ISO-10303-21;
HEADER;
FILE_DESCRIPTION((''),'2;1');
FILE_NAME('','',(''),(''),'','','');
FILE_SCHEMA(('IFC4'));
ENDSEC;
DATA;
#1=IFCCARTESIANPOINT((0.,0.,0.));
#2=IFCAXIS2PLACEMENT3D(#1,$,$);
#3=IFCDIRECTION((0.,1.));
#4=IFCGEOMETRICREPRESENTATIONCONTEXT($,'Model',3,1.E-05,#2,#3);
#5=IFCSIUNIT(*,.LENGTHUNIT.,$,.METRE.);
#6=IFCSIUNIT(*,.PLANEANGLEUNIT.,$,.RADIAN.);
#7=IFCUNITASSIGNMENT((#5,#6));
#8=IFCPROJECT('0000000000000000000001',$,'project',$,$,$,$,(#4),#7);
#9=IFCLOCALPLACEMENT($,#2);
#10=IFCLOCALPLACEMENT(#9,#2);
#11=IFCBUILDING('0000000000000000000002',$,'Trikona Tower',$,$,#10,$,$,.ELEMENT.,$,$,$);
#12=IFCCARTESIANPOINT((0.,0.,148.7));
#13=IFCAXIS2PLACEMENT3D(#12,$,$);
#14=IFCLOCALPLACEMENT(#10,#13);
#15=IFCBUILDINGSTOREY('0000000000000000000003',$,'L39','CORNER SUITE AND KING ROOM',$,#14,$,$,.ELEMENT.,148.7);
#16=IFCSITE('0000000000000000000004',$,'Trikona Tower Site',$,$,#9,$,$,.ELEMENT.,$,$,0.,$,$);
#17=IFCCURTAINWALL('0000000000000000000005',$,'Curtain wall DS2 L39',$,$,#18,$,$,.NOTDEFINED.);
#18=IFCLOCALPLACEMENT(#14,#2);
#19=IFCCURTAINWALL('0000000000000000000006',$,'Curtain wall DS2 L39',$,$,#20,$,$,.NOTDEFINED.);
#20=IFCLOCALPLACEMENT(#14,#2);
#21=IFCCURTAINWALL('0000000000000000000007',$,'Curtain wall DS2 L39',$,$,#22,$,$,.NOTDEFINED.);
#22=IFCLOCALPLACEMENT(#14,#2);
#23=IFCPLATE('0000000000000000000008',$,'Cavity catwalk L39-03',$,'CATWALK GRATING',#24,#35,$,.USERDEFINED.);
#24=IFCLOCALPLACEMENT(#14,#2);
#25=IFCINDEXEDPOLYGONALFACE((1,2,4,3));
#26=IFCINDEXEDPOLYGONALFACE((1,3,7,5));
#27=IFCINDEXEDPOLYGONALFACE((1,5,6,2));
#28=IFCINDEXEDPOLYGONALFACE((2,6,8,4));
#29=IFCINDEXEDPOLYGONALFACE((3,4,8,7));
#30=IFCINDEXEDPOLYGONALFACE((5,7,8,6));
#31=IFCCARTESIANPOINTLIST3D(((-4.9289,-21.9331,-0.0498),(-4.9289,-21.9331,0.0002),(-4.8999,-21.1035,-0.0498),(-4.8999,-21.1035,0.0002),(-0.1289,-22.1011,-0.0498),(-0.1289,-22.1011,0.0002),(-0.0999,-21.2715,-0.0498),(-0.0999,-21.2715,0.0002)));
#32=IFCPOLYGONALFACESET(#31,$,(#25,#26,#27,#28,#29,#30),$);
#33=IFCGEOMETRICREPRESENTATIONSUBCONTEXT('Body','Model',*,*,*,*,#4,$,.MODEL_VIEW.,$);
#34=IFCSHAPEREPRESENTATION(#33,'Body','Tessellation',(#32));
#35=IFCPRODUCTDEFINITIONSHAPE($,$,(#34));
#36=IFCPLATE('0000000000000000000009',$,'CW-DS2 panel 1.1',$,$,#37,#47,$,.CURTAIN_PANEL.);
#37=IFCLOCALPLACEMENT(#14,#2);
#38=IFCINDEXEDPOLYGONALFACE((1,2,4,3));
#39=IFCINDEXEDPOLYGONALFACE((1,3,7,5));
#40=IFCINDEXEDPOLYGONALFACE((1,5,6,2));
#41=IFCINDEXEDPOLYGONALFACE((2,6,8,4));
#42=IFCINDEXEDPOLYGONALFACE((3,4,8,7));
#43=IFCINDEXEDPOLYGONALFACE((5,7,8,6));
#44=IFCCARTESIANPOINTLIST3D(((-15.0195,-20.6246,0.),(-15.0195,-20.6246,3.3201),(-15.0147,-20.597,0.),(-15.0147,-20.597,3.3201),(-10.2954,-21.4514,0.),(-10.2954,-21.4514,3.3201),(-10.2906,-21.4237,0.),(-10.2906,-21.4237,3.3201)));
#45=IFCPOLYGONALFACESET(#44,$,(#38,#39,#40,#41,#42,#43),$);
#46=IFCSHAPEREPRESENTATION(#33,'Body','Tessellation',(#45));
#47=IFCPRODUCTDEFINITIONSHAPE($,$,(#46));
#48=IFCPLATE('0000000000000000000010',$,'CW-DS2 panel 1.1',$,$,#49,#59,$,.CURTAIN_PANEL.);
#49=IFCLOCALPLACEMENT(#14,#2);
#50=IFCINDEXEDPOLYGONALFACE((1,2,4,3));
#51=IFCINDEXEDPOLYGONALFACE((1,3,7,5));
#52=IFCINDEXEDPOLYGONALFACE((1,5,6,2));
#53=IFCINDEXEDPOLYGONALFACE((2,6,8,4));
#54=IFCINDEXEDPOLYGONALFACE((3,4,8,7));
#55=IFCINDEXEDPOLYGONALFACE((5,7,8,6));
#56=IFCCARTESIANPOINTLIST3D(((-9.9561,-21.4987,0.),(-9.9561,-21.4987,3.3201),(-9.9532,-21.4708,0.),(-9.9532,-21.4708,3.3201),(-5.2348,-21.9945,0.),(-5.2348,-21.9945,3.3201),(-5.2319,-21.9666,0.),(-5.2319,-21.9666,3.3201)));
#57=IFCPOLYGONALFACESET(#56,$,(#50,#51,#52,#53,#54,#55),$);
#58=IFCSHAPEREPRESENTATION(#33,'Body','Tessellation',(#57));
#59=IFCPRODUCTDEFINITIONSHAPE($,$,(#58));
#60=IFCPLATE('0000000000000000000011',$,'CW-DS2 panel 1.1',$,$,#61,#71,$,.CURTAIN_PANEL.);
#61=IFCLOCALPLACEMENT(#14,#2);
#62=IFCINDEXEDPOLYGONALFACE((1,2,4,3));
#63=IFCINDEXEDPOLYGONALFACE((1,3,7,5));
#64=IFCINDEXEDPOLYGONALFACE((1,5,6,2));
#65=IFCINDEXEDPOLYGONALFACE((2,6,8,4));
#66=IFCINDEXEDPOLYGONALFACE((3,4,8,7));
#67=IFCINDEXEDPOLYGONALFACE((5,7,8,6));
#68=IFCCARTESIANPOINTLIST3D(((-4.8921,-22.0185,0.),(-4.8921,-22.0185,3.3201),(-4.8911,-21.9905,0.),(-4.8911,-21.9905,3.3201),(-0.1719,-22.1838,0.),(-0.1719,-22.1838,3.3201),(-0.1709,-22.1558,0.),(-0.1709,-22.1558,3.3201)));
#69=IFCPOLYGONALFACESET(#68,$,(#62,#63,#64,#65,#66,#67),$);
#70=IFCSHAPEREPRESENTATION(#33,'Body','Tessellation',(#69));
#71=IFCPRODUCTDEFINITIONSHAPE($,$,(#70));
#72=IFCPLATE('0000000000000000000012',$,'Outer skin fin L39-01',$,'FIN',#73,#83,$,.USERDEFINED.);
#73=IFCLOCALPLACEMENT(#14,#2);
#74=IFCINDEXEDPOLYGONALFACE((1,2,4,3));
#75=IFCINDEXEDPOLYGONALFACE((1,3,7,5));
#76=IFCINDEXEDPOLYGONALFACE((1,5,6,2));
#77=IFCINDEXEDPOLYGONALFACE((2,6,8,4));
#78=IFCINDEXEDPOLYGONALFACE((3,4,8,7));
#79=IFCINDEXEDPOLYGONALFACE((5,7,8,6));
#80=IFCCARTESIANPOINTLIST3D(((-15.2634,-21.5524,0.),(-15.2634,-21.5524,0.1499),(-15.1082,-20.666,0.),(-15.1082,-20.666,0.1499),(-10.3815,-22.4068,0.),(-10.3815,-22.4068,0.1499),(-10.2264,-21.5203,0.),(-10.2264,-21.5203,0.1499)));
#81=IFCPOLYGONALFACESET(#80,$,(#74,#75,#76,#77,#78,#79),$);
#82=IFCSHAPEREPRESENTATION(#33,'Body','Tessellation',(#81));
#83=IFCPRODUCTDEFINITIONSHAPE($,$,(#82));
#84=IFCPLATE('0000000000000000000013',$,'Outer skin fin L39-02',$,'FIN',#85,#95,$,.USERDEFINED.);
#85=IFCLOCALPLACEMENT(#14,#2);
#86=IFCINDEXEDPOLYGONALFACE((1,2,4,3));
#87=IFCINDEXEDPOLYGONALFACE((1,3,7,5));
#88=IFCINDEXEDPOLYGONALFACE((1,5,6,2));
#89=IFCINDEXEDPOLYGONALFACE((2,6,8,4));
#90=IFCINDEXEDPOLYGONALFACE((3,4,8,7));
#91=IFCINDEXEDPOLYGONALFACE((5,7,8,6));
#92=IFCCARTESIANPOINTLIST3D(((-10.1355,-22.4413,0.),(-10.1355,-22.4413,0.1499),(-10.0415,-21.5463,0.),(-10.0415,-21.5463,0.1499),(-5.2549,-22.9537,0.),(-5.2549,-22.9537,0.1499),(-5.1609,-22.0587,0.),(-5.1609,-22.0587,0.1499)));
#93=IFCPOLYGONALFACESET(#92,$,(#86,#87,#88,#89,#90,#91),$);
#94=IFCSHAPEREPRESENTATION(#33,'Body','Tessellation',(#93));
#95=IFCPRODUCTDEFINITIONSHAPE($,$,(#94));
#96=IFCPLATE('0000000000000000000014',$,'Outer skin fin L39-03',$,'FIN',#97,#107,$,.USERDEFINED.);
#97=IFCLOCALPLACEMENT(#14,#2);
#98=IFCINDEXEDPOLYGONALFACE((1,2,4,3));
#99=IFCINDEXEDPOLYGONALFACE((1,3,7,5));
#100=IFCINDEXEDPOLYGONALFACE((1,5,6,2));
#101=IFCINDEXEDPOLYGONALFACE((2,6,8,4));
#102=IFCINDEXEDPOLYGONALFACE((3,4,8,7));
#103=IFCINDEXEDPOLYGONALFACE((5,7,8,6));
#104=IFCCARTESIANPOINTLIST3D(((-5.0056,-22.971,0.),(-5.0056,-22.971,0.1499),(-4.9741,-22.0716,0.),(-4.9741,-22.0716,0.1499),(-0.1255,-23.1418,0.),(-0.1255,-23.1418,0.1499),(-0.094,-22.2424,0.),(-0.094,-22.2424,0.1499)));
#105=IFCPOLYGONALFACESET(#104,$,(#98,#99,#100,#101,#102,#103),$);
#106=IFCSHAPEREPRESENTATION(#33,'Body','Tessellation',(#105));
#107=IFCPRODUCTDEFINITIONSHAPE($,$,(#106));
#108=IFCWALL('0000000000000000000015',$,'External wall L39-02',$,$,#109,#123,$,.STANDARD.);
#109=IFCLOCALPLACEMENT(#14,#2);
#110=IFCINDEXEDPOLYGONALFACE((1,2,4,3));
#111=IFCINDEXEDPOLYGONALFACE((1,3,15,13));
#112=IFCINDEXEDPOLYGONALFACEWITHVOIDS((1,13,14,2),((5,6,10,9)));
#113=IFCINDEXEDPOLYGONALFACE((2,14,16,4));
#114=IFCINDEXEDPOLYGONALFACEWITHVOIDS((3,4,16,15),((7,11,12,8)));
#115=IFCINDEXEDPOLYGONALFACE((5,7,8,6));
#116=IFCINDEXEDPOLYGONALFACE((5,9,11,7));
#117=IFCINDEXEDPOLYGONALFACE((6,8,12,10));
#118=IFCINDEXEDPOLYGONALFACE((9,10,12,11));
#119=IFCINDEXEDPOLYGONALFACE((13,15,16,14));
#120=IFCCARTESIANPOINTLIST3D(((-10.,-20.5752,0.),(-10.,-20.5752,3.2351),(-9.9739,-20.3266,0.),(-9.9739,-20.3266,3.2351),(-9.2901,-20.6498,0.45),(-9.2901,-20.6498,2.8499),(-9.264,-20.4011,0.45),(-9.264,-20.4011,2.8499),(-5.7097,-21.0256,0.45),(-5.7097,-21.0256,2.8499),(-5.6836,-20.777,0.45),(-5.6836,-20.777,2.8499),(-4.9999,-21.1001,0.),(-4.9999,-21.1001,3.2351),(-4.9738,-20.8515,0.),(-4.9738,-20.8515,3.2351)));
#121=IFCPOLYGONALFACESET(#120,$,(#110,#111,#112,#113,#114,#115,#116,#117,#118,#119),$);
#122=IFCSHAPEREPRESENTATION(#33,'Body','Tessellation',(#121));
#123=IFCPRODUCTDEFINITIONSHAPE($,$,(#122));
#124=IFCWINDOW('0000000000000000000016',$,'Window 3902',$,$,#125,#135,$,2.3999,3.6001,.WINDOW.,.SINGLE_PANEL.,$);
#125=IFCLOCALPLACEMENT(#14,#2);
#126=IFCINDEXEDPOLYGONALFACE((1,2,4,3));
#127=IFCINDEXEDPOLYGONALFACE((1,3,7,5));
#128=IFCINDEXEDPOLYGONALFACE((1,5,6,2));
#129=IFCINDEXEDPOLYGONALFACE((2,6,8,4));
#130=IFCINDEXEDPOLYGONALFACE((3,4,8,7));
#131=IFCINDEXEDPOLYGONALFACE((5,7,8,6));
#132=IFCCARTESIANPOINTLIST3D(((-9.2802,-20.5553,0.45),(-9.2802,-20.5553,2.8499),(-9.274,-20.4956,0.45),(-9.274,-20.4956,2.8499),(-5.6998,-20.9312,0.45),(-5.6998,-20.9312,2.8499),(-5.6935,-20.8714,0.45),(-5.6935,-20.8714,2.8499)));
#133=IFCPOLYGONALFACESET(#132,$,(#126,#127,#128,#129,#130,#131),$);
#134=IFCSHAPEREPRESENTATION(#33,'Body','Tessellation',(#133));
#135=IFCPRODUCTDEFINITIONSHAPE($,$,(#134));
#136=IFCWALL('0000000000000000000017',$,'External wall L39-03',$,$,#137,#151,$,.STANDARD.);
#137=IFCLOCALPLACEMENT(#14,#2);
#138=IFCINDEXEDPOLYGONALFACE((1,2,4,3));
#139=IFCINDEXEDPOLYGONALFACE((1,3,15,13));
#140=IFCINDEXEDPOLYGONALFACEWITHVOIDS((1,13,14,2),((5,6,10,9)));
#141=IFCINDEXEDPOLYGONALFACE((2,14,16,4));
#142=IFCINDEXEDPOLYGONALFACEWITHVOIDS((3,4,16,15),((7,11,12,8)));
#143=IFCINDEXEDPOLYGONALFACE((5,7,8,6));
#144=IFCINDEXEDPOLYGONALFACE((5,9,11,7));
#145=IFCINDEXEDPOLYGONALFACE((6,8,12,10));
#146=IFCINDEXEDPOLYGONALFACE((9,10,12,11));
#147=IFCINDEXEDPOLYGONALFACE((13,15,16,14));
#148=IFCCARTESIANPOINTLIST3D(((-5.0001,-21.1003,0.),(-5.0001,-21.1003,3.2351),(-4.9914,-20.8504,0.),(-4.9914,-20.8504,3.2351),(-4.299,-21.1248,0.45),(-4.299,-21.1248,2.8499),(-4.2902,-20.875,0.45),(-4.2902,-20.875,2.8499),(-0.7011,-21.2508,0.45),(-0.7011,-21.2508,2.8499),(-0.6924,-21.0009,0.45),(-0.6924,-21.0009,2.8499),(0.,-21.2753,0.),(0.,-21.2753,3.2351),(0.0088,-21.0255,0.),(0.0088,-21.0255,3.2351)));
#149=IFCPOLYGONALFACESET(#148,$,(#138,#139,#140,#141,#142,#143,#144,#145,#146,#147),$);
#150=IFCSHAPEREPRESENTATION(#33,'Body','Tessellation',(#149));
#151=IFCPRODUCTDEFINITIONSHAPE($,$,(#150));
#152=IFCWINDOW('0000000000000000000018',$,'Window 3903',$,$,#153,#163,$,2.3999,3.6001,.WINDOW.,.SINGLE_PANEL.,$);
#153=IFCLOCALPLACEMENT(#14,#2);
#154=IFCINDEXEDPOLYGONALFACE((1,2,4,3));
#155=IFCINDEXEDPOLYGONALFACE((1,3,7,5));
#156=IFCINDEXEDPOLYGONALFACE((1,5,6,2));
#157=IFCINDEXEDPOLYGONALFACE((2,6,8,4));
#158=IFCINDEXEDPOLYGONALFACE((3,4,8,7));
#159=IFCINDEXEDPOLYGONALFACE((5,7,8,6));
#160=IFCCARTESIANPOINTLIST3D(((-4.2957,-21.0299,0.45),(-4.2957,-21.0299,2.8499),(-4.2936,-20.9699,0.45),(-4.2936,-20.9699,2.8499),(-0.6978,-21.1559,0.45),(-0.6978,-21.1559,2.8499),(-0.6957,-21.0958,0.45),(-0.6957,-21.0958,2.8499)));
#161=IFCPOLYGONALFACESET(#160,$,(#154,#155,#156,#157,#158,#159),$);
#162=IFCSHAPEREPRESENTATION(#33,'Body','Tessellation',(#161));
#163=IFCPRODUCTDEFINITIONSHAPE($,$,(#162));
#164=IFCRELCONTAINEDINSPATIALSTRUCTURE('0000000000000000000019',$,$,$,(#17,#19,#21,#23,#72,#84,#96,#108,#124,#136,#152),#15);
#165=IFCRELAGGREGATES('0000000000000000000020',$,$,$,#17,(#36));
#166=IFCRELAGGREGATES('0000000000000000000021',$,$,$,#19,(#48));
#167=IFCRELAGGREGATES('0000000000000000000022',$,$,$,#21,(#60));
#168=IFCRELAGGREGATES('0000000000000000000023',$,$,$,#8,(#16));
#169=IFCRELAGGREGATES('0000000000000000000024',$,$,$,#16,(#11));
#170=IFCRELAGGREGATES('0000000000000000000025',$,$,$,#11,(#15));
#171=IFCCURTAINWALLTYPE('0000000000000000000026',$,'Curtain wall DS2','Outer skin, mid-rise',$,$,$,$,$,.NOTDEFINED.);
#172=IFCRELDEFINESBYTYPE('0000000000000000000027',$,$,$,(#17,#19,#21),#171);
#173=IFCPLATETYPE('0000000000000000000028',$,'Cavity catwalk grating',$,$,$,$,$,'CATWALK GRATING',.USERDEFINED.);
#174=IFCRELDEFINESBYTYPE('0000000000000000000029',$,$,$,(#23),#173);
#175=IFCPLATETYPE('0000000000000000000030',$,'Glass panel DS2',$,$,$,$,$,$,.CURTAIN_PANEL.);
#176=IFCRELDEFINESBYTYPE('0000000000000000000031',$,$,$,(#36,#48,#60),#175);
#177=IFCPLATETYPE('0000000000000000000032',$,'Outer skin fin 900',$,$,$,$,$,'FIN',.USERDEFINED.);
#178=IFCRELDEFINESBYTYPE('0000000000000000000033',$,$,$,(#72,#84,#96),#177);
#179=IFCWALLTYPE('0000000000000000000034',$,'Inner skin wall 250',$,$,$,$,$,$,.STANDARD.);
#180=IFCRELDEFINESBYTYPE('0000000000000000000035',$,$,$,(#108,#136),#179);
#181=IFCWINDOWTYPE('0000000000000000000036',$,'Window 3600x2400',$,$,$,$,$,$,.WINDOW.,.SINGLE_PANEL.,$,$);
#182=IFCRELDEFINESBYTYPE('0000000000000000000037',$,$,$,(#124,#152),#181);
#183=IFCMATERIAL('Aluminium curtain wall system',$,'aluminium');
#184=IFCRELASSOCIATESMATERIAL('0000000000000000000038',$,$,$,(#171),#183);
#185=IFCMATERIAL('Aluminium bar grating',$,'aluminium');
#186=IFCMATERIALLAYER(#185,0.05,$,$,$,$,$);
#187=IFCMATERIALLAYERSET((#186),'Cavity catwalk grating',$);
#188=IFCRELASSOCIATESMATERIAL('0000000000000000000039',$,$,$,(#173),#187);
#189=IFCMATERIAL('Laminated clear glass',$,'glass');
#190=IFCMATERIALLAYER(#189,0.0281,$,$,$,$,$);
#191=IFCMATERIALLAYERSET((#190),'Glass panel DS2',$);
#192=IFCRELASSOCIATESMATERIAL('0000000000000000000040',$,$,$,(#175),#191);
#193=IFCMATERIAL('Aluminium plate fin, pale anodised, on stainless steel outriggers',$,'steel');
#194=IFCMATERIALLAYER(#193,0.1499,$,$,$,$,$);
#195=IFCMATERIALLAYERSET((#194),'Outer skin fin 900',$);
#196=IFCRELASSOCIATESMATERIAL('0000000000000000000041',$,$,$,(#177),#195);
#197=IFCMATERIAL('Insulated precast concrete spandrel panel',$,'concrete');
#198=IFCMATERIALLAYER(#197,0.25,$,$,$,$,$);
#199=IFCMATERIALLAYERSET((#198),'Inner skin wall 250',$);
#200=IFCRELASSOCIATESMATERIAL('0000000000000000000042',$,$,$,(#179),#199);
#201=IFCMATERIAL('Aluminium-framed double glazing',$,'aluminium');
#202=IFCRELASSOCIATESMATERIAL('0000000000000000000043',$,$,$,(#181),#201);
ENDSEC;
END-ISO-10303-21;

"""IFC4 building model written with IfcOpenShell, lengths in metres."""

from ifc_helpers import new_model, si_unit, direction, frame, frame_2d, origin, origin_2d, place, context, subcontext, project, spatial, rectangle, extrude, material, layer, layer_set, type_object, element, fill, aggregate, save


model = new_model("IFC4")

# Units and contexts
model_context = context("Model", 3, precision=1e-05, world=origin(), true_north=direction((0.0, 1.0)))
body_context = subcontext(model_context, "Body", "Model", "MODEL_VIEW")
ifc_project = project(units=[si_unit("LENGTHUNIT", "METRE"), si_unit("PLANEANGLEUNIT", "RADIAN")], contexts=[model_context])

# Site, building, storey
site_placement = place(None, origin())
site = spatial("IfcSite", under=ifc_project, at=site_placement, Name="Trikona Tower Site", CompositionType="ELEMENT", RefElevation=0.0)
building_placement = place(site_placement, origin())
building = spatial("IfcBuilding", under=site, at=building_placement, Name="Trikona Tower", CompositionType="ELEMENT")
storey_placement = place(building_placement, frame((0.0, 0.0, 148.7)))
storey = spatial("IfcBuildingStorey", under=building, at=storey_placement, Name="L39", Description="CORNER SUITE AND KING ROOM", CompositionType="ELEMENT", Elevation=148.7)

# Curtain wall
ifc_material_1 = material(Name="Aluminium curtain wall system", Category="aluminium")
curtain_wall_type = type_object("IfcCurtainWallType", Name="Curtain wall DS2", Description="Outer skin, mid-rise", PredefinedType="NOTDEFINED", material=ifc_material_1)
curtain_wall_1_placement = place(storey_placement, origin())
curtain_wall_1 = element("IfcCurtainWall", 1, at=curtain_wall_1_placement, inside=storey, type_object=curtain_wall_type, Name="Curtain wall DS2 L39", PredefinedType="NOTDEFINED")

# Curtain walls
curtain_wall_2_placement = place(storey_placement, origin())
curtain_wall_2 = element("IfcCurtainWall", 2, at=curtain_wall_2_placement, inside=storey, type_object=curtain_wall_type, Name="Curtain wall DS2 L39", PredefinedType="NOTDEFINED")
curtain_wall_3_placement = place(storey_placement, origin())
curtain_wall_3 = element("IfcCurtainWall", 3, at=curtain_wall_3_placement, inside=storey, type_object=curtain_wall_type, Name="Curtain wall DS2 L39", PredefinedType="NOTDEFINED")

# Plate
ifc_material_2 = material(Name="Aluminium bar grating", Category="aluminium")
ifc_layer_1 = layer(ifc_material_2, 0.05)
ifc_layer_set_1 = layer_set([ifc_layer_1], Name="Cavity catwalk grating")
plate_type_1 = type_object("IfcPlateType", Name="Cavity catwalk grating", ElementType="CATWALK GRATING", PredefinedType="USERDEFINED", material=ifc_layer_set_1)
plate_1_placement = place(storey_placement, frame((-2.5144, -21.6023, -0.0498), z_axis=(0.0, 0.0, 1.0), x_axis=(0.999388, -0.034978, 0.0)))
element("IfcPlate", 4, at=plate_1_placement, inside=storey, type_object=plate_type_1, Name="Cavity catwalk L39-03", ObjectType="CATWALK GRATING", PredefinedType="USERDEFINED", context=body_context, shape_type="SweptSolid", body=[
    extrude(rectangle(XDim=4.803, YDim=0.8301, at=origin_2d()), origin(), (0.0, 0.0, 1.0), 0.05),
])

# Plates
ifc_material_3 = material(Name="Laminated clear glass", Category="glass")
ifc_layer_2 = layer(ifc_material_3, 0.0281)
ifc_layer_set_2 = layer_set([ifc_layer_2], Name="Glass panel DS2")
plate_type_2 = type_object("IfcPlateType", Name="Glass panel DS2", PredefinedType="CURTAIN_PANEL", material=ifc_layer_set_2)
plate_2_placement = place(storey_placement, frame((-12.655, -21.0242, 0.0), z_axis=(0.0, 0.0, 1.0), x_axis=(0.985031, -0.172377, 0.0)))
plate_2 = element("IfcPlate", 5, at=plate_2_placement, type_object=plate_type_2, Name="CW-DS2 panel 1.1", PredefinedType="CURTAIN_PANEL", context=body_context, shape_type="SweptSolid", body=[
    extrude(rectangle(XDim=4.7959, YDim=0.0281, at=origin_2d()), origin(), (0.0, 0.0, 1.0), 3.3201),
])
aggregate(curtain_wall_1, [plate_2])
plate_3_placement = place(storey_placement, frame((-7.594, -21.7327, 0.0), z_axis=(0.0, 0.0, 1.0), x_axis=(0.994532, -0.104433, 0.0)))
plate_3 = element("IfcPlate", 6, at=plate_3_placement, type_object=plate_type_2, Name="CW-DS2 panel 1.1", PredefinedType="CURTAIN_PANEL", context=body_context, shape_type="SweptSolid", body=[
    extrude(rectangle(XDim=4.7473, YDim=0.0281, at=origin_2d()), origin(), (0.0, 0.0, 1.0), 3.3201),
])
aggregate(curtain_wall_2, [plate_3])
plate_4_placement = place(storey_placement, frame((-2.5315, -22.0872, 0.0), z_axis=(0.0, 0.0, 1.0), x_axis=(0.999387, -0.034998, 0.0)))
plate_4 = element("IfcPlate", 7, at=plate_4_placement, type_object=plate_type_2, Name="CW-DS2 panel 1.1", PredefinedType="CURTAIN_PANEL", context=body_context, shape_type="SweptSolid", body=[
    extrude(rectangle(XDim=4.7231, YDim=0.0281, at=origin_2d()), origin(), (0.0, 0.0, 1.0), 3.3201),
])
aggregate(curtain_wall_3, [plate_4])

# Plates
ifc_material_4 = material(Name="Aluminium plate fin, pale anodised, on stainless steel outriggers", Category="steel")
ifc_layer_3 = layer(ifc_material_4, 0.1499)
ifc_layer_set_3 = layer_set([ifc_layer_3], Name="Outer skin fin 900")
plate_type_3 = type_object("IfcPlateType", Name="Outer skin fin 900", ElementType="FIN", PredefinedType="USERDEFINED", material=ifc_layer_set_3)
plate_5_placement = place(storey_placement, frame((-12.7449, -21.5364, 0.0), z_axis=(0.0, 0.0, 1.0), x_axis=(0.985031, -0.17238, 0.0)))
element("IfcPlate", 8, at=plate_5_placement, inside=storey, type_object=plate_type_3, Name="Outer skin fin L39-01", ObjectType="FIN", PredefinedType="USERDEFINED", context=body_context, shape_type="SweptSolid", body=[
    extrude(rectangle(XDim=4.9561, YDim=0.8999, at=origin_2d()), origin(), (0.0, 0.0, 1.0), 0.1499),
])
plate_6_placement = place(storey_placement, frame((-7.6482, -22.25, 0.0), z_axis=(0.0, 0.0, 1.0), x_axis=(0.994533, -0.104426, 0.0)))
element("IfcPlate", 9, at=plate_6_placement, inside=storey, type_object=plate_type_3, Name="Outer skin fin L39-02", ObjectType="FIN", PredefinedType="USERDEFINED", context=body_context, shape_type="SweptSolid", body=[
    extrude(rectangle(XDim=4.9075, YDim=0.8999, at=origin_2d()), origin(), (0.0, 0.0, 1.0), 0.1499),
])
plate_7_placement = place(storey_placement, frame((-2.5498, -22.6067, 0.0), z_axis=(0.0, 0.0, 1.0), x_axis=(0.999388, -0.034978, 0.0)))
element("IfcPlate", 10, at=plate_7_placement, inside=storey, type_object=plate_type_3, Name="Outer skin fin L39-03", ObjectType="FIN", PredefinedType="USERDEFINED", context=body_context, shape_type="SweptSolid", body=[
    extrude(rectangle(XDim=4.8831, YDim=0.8999, at=origin_2d()), origin(), (0.0, 0.0, 1.0), 0.1499),
])

# Walls, openings, windows
ifc_material_5 = material(Name="Insulated precast concrete spandrel panel", Category="concrete")
ifc_layer_4 = layer(ifc_material_5, 0.25)
ifc_layer_set_4 = layer_set([ifc_layer_4], Name="Inner skin wall 250")
wall_type = type_object("IfcWallType", Name="Inner skin wall 250", PredefinedType="STANDARD", material=ifc_layer_set_4)
wall_1_placement = place(storey_placement, frame((-9.9868, -20.4509, 0.0), z_axis=(0.0, 0.0, 1.0), x_axis=(0.994535, -0.104407, 0.0)))
wall_1 = element("IfcWall", 11, at=wall_1_placement, inside=storey, type_object=wall_type, Name="External wall L39-02", PredefinedType="STANDARD", context=body_context, shape_type="SweptSolid", body=[
    extrude(rectangle(XDim=5.0276, YDim=0.25, at=frame_2d((2.5137, 0.0))), origin(), (0.0, 0.0, 1.0), 3.2351),
])
opening_1_placement = place(wall_1_placement, frame((0.7136, 0.0, 0.45)))
opening_1 = element("IfcOpeningElement", 12, at=opening_1_placement, cuts=wall_1, PredefinedType="OPENING", context=body_context, shape_type="SweptSolid", body=[
    extrude(rectangle(XDim=3.6001, YDim=2.3999, at=frame_2d((1.8, 1.2))), frame((0.0, 0.135, 0.0), z_axis=(0.0, -1.0, 0.0), x_axis=(1.0, 0.0, 0.0)), (0.0, 0.0, 1.0), 0.27),
])
ifc_material_6 = material(Name="Aluminium-framed double glazing", Category="aluminium")
window_type = type_object("IfcWindowType", Name="Window 3600x2400", PartitioningType="SINGLE_PANEL", PredefinedType="WINDOW", material=ifc_material_6)
window_1_placement = place(opening_1_placement, origin())
window_1 = element("IfcWindow", 13, at=window_1_placement, inside=storey, type_object=window_type, Name="Window 3902", OverallHeight=2.3999, OverallWidth=3.6001, PartitioningType="SINGLE_PANEL", PredefinedType="WINDOW", context=body_context, shape_type="SweptSolid", body=[
    extrude(rectangle(XDim=3.6001, YDim=2.3999, at=frame_2d((1.8, 1.2))), frame((0.0, 0.03, 0.0), z_axis=(0.0, -1.0, 0.0), x_axis=(1.0, 0.0, 0.0)), (0.0, 0.0, 1.0), 0.0601),
])
fill(opening_1, window_1)
wall_2_placement = place(storey_placement, frame((-4.9956, -20.9753, 0.0), z_axis=(0.0, 0.0, 1.0), x_axis=(0.999388, -0.034988, 0.0)))
wall_2 = element("IfcWall", 14, at=wall_2_placement, inside=storey, type_object=wall_type, Name="External wall L39-03", PredefinedType="STANDARD", context=body_context, shape_type="SweptSolid", body=[
    extrude(rectangle(XDim=5.0032, YDim=0.25, at=frame_2d((2.5015, 0.0))), origin(), (0.0, 0.0, 1.0), 3.2351),
])
opening_2_placement = place(wall_2_placement, frame((0.7014, 0.0, 0.45)))
opening_2 = element("IfcOpeningElement", 15, at=opening_2_placement, cuts=wall_2, PredefinedType="OPENING", context=body_context, shape_type="SweptSolid", body=[
    extrude(rectangle(XDim=3.6001, YDim=2.3999, at=frame_2d((1.8, 1.2))), frame((0.0, 0.135, 0.0), z_axis=(0.0, -1.0, 0.0), x_axis=(1.0, 0.0, 0.0)), (0.0, 0.0, 1.0), 0.27),
])
window_2_placement = place(opening_2_placement, origin())
window_2 = element("IfcWindow", 16, at=window_2_placement, inside=storey, type_object=window_type, Name="Window 3903", OverallHeight=2.3999, OverallWidth=3.6001, PartitioningType="SINGLE_PANEL", PredefinedType="WINDOW", context=body_context, shape_type="SweptSolid", body=[
    extrude(rectangle(XDim=3.6001, YDim=2.3999, at=frame_2d((1.8, 1.2))), frame((0.0, 0.03, 0.0), z_axis=(0.0, -1.0, 0.0), x_axis=(1.0, 0.0, 0.0)), (0.0, 0.0, 1.0), 0.0601),
])
fill(opening_2, window_2)

save(model, "model.ifc")
